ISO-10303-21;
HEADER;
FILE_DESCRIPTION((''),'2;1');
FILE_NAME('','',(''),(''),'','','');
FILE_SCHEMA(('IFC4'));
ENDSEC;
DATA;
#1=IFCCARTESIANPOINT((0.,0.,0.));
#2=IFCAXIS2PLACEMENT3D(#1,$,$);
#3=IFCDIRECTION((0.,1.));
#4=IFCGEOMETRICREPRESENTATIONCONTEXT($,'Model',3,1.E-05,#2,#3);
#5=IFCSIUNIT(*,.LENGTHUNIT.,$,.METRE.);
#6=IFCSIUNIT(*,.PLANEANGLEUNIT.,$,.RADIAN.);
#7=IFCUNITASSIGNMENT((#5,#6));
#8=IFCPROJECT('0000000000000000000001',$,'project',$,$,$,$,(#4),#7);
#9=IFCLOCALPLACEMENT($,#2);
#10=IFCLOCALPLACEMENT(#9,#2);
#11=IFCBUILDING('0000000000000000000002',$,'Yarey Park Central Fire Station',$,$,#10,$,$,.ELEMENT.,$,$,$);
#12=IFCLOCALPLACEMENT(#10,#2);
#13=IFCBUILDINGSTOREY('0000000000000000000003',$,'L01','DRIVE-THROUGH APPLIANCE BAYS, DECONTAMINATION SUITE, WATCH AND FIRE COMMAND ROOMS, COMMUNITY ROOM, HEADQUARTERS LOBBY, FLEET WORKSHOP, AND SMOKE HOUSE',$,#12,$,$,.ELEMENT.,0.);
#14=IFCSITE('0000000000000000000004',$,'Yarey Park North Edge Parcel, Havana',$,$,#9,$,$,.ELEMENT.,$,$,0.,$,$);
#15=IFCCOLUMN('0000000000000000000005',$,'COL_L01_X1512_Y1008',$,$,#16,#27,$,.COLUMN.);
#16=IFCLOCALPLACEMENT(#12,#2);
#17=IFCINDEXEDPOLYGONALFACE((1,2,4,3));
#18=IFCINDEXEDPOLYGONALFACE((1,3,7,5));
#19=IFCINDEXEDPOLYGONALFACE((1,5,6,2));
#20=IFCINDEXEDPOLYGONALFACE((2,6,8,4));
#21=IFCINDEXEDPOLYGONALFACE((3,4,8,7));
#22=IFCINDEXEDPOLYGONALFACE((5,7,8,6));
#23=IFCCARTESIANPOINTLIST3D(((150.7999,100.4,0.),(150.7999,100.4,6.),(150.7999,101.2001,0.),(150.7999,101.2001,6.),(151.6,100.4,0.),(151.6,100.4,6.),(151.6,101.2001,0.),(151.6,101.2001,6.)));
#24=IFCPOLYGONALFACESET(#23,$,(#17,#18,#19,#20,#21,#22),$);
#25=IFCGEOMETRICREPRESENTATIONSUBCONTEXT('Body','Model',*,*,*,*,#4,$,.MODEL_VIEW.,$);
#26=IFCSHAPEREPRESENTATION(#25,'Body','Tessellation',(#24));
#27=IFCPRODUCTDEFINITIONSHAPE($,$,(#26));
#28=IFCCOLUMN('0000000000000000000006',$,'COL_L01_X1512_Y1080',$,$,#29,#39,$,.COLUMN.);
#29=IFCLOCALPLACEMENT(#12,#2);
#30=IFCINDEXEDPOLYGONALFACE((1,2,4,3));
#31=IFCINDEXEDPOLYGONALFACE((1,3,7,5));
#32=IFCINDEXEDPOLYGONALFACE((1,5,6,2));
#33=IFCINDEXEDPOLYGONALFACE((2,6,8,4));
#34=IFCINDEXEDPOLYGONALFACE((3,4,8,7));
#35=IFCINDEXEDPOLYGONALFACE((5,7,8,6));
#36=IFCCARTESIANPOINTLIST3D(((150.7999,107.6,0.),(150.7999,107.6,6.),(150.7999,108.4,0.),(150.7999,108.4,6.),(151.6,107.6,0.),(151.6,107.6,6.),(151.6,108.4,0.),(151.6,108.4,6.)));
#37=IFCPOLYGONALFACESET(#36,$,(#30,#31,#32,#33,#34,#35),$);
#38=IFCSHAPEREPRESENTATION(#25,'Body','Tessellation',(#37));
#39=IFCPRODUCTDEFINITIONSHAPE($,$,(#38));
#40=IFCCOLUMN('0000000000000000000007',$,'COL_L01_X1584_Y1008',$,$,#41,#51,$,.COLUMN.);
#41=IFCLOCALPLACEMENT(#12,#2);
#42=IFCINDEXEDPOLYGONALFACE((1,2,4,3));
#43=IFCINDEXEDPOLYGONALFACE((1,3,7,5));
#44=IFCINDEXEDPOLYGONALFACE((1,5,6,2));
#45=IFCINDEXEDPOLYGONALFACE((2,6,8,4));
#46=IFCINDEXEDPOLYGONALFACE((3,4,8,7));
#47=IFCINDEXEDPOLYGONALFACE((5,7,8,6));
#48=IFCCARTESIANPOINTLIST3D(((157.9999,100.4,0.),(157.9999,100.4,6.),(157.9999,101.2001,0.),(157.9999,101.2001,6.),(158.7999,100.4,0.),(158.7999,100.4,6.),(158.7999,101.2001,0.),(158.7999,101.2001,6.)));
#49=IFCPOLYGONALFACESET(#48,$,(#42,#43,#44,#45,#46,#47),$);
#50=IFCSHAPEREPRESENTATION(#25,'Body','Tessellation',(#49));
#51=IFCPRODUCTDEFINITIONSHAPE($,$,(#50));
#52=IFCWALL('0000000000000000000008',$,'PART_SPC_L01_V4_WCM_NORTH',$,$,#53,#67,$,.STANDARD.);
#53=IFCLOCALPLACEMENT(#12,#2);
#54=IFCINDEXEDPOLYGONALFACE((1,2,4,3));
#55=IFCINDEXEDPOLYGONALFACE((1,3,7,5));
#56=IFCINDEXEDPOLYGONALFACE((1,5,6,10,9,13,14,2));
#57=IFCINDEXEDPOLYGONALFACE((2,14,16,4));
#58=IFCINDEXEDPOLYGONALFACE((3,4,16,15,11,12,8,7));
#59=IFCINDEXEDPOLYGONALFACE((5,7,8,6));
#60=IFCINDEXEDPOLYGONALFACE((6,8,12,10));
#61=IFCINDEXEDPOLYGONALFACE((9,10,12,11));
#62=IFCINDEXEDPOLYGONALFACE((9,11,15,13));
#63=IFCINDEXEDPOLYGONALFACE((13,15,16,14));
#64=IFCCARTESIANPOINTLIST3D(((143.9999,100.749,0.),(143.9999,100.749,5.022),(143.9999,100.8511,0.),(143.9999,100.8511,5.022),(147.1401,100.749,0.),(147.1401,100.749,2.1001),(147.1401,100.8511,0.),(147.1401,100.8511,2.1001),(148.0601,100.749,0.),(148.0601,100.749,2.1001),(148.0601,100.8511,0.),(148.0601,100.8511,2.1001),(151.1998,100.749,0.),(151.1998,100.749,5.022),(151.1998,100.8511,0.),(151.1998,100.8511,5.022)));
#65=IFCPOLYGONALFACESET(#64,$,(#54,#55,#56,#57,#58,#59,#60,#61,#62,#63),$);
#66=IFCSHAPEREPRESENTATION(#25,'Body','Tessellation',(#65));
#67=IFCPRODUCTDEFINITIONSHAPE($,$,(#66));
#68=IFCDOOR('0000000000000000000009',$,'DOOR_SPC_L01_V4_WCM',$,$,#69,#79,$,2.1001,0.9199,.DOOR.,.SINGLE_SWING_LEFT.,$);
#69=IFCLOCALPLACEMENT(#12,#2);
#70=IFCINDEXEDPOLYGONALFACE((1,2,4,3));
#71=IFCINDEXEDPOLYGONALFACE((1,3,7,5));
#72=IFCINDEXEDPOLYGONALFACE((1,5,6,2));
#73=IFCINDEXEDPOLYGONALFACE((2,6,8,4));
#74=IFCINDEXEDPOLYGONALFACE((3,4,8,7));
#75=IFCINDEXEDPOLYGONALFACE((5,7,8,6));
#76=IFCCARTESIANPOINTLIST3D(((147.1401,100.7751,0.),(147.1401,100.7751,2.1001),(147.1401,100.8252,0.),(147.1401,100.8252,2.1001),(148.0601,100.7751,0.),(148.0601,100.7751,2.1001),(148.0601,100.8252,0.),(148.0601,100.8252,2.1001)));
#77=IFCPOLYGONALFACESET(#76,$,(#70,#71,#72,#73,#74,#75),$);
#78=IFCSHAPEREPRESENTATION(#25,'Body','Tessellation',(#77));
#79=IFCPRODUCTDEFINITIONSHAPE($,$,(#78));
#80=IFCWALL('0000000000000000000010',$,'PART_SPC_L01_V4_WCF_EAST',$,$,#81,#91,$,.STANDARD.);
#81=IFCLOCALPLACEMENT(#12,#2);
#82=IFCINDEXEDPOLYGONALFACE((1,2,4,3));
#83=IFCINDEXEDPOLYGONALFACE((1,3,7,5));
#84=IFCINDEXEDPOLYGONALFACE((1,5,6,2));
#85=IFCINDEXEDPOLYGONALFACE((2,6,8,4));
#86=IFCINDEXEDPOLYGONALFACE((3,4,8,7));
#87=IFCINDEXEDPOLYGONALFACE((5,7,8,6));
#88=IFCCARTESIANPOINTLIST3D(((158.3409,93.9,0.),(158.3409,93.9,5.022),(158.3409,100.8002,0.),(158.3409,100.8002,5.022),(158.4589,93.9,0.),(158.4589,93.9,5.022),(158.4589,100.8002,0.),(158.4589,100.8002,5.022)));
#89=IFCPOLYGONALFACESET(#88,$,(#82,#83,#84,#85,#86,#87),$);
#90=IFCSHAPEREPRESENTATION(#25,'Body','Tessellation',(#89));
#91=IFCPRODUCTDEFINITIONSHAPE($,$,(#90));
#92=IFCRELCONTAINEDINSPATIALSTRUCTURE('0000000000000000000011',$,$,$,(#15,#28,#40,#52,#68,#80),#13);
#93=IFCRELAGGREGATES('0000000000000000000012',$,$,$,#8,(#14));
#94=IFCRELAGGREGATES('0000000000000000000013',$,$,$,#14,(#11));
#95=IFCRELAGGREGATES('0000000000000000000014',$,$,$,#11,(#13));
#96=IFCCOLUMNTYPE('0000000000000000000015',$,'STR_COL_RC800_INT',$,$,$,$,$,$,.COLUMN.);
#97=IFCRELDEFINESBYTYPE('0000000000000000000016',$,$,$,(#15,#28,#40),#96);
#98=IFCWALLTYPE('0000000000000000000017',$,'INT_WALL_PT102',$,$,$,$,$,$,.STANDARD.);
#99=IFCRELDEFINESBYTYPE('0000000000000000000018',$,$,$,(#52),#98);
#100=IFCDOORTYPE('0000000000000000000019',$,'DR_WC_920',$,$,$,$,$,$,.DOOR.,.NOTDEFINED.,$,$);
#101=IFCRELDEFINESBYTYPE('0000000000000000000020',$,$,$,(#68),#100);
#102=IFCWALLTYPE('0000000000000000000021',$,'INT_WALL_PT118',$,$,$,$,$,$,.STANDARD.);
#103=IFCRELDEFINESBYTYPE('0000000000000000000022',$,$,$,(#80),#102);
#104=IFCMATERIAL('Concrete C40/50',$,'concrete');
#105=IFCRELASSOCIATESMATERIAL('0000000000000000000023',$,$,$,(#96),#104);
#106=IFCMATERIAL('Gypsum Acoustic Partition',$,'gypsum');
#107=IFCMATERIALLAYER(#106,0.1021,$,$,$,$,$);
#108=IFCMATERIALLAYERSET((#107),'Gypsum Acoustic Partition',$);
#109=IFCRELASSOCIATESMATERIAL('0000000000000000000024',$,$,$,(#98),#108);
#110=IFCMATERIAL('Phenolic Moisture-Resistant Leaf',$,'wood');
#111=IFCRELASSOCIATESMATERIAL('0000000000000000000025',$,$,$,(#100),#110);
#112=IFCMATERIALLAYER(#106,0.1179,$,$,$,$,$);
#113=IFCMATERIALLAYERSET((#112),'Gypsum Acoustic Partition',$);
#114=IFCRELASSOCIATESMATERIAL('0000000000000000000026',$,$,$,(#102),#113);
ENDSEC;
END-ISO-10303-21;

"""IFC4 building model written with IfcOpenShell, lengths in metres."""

from ifc_helpers import new_model, si_unit, direction, frame, frame_2d, origin, origin_2d, place, context, subcontext, project, spatial, rectangle, extrude, material, layer, layer_set, material_profile, profile_set, type_object, element, fill, save


model = new_model("IFC4")

# Units and contexts
model_context = context("Model", 3, precision=1e-05, world=origin(), true_north=direction((0.0, 1.0)))
body_context = subcontext(model_context, "Body", "Model", "MODEL_VIEW")
ifc_project = project(units=[si_unit("LENGTHUNIT", "METRE"), si_unit("PLANEANGLEUNIT", "RADIAN")], contexts=[model_context])

# Site, building, storey
site_placement = place(None, origin())
site = spatial("IfcSite", under=ifc_project, at=site_placement, Name="Yarey Park North Edge Parcel, Havana", CompositionType="ELEMENT", RefElevation=0.0)
building_placement = place(site_placement, origin())
building = spatial("IfcBuilding", under=site, at=building_placement, Name="Yarey Park Central Fire Station", CompositionType="ELEMENT")
storey_placement = place(building_placement, origin())
storey = spatial("IfcBuildingStorey", under=building, at=storey_placement, Name="L01", Description="DRIVE-THROUGH APPLIANCE BAYS, DECONTAMINATION SUITE, WATCH AND FIRE COMMAND ROOMS, COMMUNITY ROOM, HEADQUARTERS LOBBY, FLEET WORKSHOP, AND SMOKE HOUSE", CompositionType="ELEMENT", Elevation=0.0)

# Columns
ifc_material_1 = material(Name="Concrete C40/50", Category="concrete")
ifc_material_profile_1 = material_profile(ifc_material_1, rectangle(XDim=0.8, YDim=0.8, at=origin_2d()), Name="RC 800x800")
ifc_profile_set_1 = profile_set([ifc_material_profile_1], Name="Concrete C40/50")
column_type = type_object("IfcColumnType", Name="STR_COL_RC800_INT", PredefinedType="COLUMN", material=ifc_profile_set_1)
for number, where, z_axis, x_axis, name in (
    (1, (151.2, 100.8, 0.0), (0.0, 0.0, 1.0), (1.0, 0.0, 0.0), "COL_L01_X1512_Y1008"),
    (2, (151.2, 108.0, 0.0), (0.0, 0.0, 1.0), (1.0, 0.0, 0.0), "COL_L01_X1512_Y1080"),
    (3, (158.3999, 100.8, 0.0), (0.0, 0.0, 1.0), (1.0, 0.0, 0.0), "COL_L01_X1584_Y1008"),
):
    element("IfcColumn", number, at=place(storey_placement, frame(where, z_axis=z_axis, x_axis=x_axis)), inside=storey, type_object=column_type, Name=name, PredefinedType="COLUMN", context=body_context, shape_type="SweptSolid", body=[
        extrude(rectangle(XDim=0.8, YDim=0.8, at=origin_2d()), origin(), (0.0, 0.0, 1.0), 6.0),
    ])

# Wall, opening, door
ifc_material_2 = material(Name="Gypsum Acoustic Partition", Category="gypsum")
ifc_layer_1 = layer(ifc_material_2, 0.1021)
ifc_layer_set_1 = layer_set([ifc_layer_1], Name="Gypsum Acoustic Partition")
wall_type_1 = type_object("IfcWallType", Name="INT_WALL_PT102", PredefinedType="STANDARD", material=ifc_layer_set_1)
wall_1_placement = place(storey_placement, frame((151.2, 100.8, 0.0), z_axis=(0.0, 0.0, 1.0), x_axis=(-1.0, 0.0, 0.0)))
wall_1 = element("IfcWall", 4, at=wall_1_placement, inside=storey, type_object=wall_type_1, Name="PART_SPC_L01_V4_WCM_NORTH", PredefinedType="STANDARD", context=body_context, shape_type="SweptSolid", body=[
    extrude(rectangle(XDim=7.2, YDim=0.1021, at=frame_2d((3.6001, 0.0))), origin(), (0.0, 0.0, 1.0), 5.022),
])
opening_placement = place(wall_1_placement, frame((3.1399, 0.0, 0.0)))
opening = element("IfcOpeningElement", 5, at=opening_placement, cuts=wall_1, PredefinedType="OPENING", context=body_context, shape_type="SweptSolid", body=[
    extrude(rectangle(XDim=0.9199, YDim=2.1001, at=frame_2d((0.46, 1.05))), frame((0.0, 0.061, 0.0), z_axis=(0.0, -1.0, 0.0), x_axis=(1.0, 0.0, 0.0)), (0.0, 0.0, 1.0), 0.1221),
])
ifc_material_3 = material(Name="Phenolic Moisture-Resistant Leaf", Category="wood")
door_type = type_object("IfcDoorType", Name="DR_WC_920", OperationType="NOTDEFINED", PredefinedType="DOOR", material=ifc_material_3)
door_placement = place(opening_placement, origin())
door = element("IfcDoor", 6, at=door_placement, inside=storey, type_object=door_type, Name="DOOR_SPC_L01_V4_WCM", OperationType="SINGLE_SWING_LEFT", OverallHeight=2.1001, OverallWidth=0.9199, PredefinedType="DOOR", context=body_context, shape_type="SweptSolid", body=[
    extrude(rectangle(XDim=0.9199, YDim=2.1001, at=frame_2d((0.46, 1.05))), frame((0.0, 0.0249, 0.0), z_axis=(0.0, -1.0, 0.0), x_axis=(1.0, 0.0, 0.0)), (0.0, 0.0, 1.0), 0.05),
])
fill(opening, door)

# Wall
ifc_layer_2 = layer(ifc_material_2, 0.1179)
ifc_layer_set_2 = layer_set([ifc_layer_2], Name="Gypsum Acoustic Partition")
wall_type_2 = type_object("IfcWallType", Name="INT_WALL_PT118", PredefinedType="STANDARD", material=ifc_layer_set_2)
wall_2_placement = place(storey_placement, frame((158.3999, 93.8999, 0.0), z_axis=(0.0, 0.0, 1.0), x_axis=(0.0, 1.0, 0.0)))
element("IfcWall", 7, at=wall_2_placement, inside=storey, type_object=wall_type_2, Name="PART_SPC_L01_V4_WCF_EAST", PredefinedType="STANDARD", context=body_context, shape_type="SweptSolid", body=[
    extrude(rectangle(XDim=6.9001, YDim=0.1179, at=frame_2d((3.4502, 0.0))), origin(), (0.0, 0.0, 1.0), 5.022),
])

save(model, "model.ifc")
